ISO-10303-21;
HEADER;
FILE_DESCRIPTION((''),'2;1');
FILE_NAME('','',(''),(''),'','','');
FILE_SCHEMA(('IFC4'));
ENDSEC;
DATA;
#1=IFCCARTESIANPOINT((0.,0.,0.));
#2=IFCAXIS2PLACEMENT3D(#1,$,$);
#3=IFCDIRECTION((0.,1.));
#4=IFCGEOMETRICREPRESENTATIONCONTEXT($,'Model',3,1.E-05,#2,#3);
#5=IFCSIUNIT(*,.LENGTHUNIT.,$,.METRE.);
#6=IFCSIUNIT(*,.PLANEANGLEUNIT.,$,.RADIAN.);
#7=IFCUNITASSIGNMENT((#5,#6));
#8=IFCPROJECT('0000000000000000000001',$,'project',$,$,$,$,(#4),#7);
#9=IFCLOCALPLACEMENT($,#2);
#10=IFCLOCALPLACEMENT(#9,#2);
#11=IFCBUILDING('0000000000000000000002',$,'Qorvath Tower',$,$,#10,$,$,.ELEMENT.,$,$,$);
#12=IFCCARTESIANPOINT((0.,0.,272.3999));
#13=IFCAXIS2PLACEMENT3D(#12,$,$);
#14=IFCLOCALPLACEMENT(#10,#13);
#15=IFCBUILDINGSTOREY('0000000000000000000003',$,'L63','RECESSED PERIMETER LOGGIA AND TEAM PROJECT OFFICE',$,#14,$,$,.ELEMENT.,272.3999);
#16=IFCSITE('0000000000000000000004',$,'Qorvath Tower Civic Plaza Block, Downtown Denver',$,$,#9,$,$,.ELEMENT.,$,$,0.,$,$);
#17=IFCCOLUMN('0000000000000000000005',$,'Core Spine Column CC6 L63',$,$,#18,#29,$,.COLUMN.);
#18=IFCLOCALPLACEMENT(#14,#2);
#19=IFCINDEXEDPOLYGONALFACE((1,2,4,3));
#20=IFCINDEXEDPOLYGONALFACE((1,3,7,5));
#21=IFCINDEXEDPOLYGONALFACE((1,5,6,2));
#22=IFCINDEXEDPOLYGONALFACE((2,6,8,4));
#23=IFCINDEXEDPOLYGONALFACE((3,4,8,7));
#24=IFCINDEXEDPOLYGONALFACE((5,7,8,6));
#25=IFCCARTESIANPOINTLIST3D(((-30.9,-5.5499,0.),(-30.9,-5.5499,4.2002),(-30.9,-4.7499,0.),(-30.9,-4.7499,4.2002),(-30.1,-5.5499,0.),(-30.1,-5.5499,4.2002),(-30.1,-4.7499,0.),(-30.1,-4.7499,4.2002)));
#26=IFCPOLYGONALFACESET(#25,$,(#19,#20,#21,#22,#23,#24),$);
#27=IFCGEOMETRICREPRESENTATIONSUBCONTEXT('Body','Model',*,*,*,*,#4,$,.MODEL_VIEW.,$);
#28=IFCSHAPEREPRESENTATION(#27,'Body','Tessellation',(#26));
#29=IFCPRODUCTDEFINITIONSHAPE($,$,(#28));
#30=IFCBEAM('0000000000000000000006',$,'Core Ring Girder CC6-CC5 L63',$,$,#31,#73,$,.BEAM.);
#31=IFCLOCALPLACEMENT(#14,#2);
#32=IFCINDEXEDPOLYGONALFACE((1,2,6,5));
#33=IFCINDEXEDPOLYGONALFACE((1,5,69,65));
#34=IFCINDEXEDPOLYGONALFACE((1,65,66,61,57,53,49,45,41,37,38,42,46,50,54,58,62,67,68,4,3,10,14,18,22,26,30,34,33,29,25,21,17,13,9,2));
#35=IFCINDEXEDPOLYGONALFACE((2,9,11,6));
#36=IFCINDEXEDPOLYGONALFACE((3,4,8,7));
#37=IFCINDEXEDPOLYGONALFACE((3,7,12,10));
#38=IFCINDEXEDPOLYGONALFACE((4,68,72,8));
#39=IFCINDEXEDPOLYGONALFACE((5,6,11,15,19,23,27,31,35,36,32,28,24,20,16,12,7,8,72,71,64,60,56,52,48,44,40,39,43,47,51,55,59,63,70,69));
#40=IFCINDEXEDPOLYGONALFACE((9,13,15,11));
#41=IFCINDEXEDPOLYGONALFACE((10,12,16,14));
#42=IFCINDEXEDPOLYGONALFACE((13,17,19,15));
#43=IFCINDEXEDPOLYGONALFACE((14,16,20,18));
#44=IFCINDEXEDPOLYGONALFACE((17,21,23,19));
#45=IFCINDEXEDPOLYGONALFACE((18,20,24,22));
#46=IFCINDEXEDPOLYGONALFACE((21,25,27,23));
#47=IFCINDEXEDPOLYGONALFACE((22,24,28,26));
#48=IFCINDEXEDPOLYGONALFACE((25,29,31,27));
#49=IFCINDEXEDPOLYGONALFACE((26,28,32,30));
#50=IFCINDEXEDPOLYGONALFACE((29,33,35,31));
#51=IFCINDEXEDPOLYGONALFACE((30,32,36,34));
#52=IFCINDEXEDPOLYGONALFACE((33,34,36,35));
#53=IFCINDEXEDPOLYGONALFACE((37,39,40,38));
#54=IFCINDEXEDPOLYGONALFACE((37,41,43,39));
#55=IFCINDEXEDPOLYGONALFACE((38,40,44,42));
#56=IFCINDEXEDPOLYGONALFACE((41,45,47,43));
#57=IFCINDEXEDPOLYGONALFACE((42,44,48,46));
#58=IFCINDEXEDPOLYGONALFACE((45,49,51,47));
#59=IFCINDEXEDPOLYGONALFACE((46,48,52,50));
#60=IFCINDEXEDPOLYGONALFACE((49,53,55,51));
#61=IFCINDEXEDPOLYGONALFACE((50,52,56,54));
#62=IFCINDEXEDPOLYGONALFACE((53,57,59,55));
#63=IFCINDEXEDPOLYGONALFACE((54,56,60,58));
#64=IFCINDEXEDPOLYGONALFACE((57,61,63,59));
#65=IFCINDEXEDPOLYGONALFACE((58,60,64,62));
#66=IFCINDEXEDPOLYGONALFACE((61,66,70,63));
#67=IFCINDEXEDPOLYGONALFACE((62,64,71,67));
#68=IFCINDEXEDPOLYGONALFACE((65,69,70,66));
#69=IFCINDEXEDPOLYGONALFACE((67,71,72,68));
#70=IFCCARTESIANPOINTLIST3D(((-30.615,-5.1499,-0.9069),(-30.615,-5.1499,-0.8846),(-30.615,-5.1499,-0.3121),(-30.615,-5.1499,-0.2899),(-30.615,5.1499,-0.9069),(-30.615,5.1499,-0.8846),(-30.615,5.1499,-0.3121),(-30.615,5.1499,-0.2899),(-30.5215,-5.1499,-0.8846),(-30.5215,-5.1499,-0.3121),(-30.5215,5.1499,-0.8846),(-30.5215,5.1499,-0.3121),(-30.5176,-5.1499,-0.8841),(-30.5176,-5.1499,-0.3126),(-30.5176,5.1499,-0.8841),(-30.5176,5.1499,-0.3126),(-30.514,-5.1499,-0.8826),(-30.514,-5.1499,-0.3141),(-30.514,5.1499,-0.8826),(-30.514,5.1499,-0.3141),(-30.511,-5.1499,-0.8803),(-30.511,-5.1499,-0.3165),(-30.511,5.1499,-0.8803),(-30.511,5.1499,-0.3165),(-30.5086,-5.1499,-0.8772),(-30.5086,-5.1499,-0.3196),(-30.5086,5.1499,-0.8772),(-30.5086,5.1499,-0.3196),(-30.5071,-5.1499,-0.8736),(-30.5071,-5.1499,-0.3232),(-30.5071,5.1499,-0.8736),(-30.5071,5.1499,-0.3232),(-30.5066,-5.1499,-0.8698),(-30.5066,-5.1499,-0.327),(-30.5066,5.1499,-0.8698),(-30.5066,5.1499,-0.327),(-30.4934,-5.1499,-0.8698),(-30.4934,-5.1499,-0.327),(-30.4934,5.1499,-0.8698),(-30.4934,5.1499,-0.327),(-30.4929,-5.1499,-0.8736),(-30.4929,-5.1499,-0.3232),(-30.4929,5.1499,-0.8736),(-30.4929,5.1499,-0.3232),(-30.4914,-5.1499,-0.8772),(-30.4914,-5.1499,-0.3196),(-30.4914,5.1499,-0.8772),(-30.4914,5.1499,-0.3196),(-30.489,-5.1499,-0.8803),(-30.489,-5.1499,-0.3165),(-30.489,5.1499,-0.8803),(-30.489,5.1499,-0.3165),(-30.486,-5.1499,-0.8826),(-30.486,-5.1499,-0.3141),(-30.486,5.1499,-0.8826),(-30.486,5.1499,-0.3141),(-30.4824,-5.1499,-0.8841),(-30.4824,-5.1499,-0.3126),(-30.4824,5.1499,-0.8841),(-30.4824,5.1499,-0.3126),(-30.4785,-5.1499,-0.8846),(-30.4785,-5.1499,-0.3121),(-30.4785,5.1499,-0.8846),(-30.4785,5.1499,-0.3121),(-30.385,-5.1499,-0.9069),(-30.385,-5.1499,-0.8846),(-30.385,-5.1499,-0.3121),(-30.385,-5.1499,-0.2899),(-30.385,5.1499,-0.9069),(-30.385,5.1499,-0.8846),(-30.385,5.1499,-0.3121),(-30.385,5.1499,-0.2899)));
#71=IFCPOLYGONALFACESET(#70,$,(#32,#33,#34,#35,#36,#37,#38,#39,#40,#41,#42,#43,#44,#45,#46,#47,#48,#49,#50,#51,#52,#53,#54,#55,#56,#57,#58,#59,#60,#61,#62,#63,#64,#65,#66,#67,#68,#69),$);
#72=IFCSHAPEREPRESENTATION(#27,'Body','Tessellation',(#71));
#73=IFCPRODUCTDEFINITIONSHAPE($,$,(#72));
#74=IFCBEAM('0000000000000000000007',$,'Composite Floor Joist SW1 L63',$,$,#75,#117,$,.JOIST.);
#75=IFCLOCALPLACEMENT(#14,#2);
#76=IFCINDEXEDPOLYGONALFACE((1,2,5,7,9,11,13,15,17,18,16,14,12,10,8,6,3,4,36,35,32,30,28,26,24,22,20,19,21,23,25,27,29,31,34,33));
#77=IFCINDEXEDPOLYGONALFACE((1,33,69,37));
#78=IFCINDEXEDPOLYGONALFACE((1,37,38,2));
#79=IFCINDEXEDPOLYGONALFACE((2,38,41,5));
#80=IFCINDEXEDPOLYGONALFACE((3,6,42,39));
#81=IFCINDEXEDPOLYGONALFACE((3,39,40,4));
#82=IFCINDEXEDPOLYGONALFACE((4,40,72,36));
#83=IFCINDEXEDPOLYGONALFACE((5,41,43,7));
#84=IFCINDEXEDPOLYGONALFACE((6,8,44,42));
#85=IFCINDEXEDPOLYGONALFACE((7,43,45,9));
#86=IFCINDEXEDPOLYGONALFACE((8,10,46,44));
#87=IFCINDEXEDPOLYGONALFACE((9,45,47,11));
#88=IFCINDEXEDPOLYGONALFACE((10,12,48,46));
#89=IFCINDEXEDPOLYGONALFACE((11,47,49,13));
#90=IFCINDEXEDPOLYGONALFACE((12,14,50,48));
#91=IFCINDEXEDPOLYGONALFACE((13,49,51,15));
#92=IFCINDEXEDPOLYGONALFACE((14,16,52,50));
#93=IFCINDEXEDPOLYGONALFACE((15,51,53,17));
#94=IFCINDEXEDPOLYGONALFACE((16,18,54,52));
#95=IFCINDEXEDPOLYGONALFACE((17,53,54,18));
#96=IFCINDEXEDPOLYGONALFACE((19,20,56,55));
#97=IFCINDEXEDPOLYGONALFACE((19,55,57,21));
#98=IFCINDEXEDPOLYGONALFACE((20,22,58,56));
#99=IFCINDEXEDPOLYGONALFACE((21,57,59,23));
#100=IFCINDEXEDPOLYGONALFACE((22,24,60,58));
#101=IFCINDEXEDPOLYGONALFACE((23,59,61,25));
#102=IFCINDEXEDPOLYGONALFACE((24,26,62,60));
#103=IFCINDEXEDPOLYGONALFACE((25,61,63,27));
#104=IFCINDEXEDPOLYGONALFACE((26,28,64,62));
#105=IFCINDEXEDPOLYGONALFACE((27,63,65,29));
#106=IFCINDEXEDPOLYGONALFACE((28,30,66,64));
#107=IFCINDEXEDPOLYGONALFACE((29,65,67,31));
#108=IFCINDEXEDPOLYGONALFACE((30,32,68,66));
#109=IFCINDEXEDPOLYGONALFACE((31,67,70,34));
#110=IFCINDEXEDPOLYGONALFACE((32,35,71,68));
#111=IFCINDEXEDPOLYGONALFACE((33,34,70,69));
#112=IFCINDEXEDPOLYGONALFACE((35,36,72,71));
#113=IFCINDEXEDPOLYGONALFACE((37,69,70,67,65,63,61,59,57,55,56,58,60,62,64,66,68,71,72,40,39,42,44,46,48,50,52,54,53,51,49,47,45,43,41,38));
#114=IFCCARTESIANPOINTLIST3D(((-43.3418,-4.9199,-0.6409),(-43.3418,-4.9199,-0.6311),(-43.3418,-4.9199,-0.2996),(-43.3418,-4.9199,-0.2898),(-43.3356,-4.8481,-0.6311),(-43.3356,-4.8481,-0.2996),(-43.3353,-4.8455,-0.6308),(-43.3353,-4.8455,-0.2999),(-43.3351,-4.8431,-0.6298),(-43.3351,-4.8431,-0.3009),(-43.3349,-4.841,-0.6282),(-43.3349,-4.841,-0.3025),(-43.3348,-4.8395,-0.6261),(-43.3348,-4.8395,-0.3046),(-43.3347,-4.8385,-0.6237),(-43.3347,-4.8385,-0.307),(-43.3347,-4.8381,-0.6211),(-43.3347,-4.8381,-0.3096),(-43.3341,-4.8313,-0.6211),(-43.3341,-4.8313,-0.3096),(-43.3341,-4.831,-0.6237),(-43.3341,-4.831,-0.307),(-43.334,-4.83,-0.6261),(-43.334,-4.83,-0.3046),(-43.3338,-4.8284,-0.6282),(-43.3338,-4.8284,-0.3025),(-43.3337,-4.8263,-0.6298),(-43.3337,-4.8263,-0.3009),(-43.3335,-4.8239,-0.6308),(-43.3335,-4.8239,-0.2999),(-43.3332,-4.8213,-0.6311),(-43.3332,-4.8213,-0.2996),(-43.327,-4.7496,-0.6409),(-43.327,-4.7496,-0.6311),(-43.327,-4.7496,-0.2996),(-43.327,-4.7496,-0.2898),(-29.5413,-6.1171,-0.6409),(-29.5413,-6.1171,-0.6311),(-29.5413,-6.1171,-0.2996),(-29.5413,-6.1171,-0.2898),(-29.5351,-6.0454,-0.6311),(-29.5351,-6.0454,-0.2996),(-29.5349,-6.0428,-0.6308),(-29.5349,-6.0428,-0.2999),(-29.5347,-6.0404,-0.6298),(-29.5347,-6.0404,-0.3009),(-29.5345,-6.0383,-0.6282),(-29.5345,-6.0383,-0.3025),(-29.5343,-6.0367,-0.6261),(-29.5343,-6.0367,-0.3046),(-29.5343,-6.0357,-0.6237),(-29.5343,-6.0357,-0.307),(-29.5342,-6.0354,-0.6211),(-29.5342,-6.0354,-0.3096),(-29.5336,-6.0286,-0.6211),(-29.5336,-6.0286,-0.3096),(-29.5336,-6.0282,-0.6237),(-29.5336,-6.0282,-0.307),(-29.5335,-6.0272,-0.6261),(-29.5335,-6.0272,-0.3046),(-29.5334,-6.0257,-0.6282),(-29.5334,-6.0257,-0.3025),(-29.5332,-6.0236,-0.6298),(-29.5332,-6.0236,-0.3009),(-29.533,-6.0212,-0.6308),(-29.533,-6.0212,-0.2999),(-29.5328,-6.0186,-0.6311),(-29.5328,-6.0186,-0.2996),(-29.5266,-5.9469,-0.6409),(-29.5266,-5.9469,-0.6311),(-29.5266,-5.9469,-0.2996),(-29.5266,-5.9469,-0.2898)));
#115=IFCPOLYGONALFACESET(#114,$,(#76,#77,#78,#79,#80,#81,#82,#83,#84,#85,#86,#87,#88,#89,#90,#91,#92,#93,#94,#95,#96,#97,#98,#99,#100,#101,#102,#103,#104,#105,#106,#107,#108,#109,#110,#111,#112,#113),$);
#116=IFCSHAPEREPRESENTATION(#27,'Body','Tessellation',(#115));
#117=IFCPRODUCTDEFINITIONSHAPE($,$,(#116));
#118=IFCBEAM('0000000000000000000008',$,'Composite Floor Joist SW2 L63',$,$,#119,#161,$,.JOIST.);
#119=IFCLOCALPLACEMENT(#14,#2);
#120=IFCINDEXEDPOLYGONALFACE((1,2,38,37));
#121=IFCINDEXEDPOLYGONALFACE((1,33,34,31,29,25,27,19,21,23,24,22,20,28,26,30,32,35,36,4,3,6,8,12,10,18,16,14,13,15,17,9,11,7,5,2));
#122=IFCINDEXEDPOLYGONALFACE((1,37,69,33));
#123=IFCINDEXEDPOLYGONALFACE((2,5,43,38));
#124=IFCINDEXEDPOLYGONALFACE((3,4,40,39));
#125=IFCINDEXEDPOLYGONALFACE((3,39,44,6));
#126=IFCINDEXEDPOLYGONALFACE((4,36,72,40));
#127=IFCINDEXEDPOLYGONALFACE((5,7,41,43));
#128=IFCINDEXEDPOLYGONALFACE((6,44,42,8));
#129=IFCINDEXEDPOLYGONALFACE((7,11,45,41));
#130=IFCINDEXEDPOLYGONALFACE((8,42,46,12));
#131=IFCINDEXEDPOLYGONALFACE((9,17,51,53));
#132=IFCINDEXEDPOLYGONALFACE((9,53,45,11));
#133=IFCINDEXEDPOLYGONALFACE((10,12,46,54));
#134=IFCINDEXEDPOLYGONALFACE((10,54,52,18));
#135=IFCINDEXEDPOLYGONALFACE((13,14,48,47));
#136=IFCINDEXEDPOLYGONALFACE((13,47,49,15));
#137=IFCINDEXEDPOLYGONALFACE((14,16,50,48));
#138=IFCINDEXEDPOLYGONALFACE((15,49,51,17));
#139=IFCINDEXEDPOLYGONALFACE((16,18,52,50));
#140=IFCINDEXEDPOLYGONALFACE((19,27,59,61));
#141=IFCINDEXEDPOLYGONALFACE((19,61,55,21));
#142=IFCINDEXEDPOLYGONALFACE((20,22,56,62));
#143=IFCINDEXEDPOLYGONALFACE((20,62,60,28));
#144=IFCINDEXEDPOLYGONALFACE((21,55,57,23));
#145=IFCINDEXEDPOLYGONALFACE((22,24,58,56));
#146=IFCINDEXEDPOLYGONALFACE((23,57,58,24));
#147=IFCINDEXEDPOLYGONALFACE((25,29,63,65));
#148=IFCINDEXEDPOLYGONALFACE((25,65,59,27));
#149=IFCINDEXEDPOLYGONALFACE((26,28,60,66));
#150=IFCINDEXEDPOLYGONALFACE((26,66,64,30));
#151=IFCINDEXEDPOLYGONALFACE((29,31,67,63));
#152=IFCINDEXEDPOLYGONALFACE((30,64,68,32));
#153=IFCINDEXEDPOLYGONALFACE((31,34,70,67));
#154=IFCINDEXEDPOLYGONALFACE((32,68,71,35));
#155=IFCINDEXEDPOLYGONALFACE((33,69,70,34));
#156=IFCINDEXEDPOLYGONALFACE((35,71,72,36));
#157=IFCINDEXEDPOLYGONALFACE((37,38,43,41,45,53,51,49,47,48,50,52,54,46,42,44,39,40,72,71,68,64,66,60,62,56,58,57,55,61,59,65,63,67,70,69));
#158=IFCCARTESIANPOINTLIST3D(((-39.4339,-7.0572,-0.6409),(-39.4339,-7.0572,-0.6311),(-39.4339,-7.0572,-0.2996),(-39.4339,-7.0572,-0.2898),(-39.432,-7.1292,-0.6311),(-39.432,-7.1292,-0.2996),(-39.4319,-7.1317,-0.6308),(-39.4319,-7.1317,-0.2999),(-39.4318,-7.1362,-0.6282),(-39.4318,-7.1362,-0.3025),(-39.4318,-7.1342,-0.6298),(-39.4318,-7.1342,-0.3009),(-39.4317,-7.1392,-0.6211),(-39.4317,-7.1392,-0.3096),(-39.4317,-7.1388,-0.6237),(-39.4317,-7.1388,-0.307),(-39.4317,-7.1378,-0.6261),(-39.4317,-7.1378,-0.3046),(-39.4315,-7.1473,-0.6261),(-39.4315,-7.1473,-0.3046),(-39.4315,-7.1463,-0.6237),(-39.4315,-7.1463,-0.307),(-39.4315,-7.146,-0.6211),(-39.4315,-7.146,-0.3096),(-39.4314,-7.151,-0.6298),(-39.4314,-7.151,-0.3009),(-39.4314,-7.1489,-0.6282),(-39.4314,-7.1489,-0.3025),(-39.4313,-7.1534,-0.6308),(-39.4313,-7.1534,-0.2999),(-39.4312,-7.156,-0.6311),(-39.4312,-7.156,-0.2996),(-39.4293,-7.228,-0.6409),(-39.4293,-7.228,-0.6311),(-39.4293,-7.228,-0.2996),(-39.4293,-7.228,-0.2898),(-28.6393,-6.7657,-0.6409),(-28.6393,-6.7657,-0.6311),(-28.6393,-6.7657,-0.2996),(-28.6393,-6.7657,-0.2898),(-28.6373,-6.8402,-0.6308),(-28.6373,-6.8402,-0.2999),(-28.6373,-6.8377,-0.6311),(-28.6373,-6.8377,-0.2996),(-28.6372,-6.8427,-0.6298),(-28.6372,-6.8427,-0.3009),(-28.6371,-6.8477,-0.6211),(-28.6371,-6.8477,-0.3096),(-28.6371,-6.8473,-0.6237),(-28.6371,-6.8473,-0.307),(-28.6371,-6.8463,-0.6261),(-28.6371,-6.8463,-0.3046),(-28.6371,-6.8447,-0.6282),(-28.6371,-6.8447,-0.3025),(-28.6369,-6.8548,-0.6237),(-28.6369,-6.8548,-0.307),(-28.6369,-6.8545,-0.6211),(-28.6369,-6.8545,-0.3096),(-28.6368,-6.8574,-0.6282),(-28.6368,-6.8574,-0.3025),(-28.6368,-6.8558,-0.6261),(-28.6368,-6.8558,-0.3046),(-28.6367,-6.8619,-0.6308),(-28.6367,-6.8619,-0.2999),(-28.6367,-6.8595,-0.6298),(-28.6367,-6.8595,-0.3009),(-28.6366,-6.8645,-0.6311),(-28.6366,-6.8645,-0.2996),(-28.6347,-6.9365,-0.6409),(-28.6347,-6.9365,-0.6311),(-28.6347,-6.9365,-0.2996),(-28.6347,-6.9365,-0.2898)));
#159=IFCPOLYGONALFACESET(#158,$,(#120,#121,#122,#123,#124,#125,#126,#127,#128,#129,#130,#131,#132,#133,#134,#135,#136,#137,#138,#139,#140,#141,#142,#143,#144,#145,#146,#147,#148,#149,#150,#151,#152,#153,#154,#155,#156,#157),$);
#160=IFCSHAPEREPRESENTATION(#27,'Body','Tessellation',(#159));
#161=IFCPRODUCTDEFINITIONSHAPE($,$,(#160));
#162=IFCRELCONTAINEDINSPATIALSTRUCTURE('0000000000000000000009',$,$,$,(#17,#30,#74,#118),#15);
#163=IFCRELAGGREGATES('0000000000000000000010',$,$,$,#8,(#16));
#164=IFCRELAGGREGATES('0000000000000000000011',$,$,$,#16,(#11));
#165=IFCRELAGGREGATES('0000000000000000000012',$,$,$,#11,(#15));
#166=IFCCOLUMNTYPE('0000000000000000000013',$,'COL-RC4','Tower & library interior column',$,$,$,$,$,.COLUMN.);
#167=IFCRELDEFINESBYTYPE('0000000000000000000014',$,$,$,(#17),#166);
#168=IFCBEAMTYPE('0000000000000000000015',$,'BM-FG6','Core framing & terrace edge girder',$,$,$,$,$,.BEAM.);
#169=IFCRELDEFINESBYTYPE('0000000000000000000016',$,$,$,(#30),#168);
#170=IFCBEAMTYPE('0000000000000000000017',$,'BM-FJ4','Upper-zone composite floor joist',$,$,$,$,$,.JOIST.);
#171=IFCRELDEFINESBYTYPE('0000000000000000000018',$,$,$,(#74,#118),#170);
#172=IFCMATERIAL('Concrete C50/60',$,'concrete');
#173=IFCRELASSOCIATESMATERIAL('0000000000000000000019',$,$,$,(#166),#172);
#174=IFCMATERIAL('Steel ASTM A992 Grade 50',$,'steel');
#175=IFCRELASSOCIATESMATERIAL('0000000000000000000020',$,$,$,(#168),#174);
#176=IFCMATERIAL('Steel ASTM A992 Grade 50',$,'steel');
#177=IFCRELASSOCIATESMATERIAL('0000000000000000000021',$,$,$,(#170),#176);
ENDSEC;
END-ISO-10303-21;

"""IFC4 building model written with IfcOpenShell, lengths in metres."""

from ifc_helpers import new_model, si_unit, direction, frame, origin, origin_2d, place, context, subcontext, project, spatial, rectangle, i_section, extrude, material, material_profile, profile_set, type_object, element, save


model = new_model("IFC4")

# Units and contexts
model_context = context("Model", 3, precision=1e-05, world=origin(), true_north=direction((0.0, 1.0)))
body_context = subcontext(model_context, "Body", "Model", "MODEL_VIEW")
ifc_project = project(units=[si_unit("LENGTHUNIT", "METRE"), si_unit("PLANEANGLEUNIT", "RADIAN")], contexts=[model_context])

# Site, building, storey
site_placement = place(None, origin())
site = spatial("IfcSite", under=ifc_project, at=site_placement, Name="Qorvath Tower Civic Plaza Block, Downtown Denver", CompositionType="ELEMENT", RefElevation=0.0)
building_placement = place(site_placement, origin())
building = spatial("IfcBuilding", under=site, at=building_placement, Name="Qorvath Tower", CompositionType="ELEMENT")
storey_placement = place(building_placement, frame((0.0, 0.0, 272.3999)))
storey = spatial("IfcBuildingStorey", under=building, at=storey_placement, Name="L63", Description="RECESSED PERIMETER LOGGIA AND TEAM PROJECT OFFICE", CompositionType="ELEMENT", Elevation=272.3999)

# Column
ifc_material_1 = material(Name="Concrete C50/60", Category="concrete")
ifc_material_profile_1 = material_profile(ifc_material_1, rectangle(XDim=0.8, YDim=0.8, at=origin_2d()), Name="RC 800x800")
ifc_profile_set_1 = profile_set([ifc_material_profile_1], Name="Concrete C50/60")
column_type = type_object("IfcColumnType", Name="COL-RC4", Description="Tower & library interior column", PredefinedType="COLUMN", material=ifc_profile_set_1)
column_placement = place(storey_placement, frame((-30.5, -5.1499, 0.0), z_axis=(0.0, 0.0, 1.0), x_axis=(1.0, 0.0, 0.0)))
element("IfcColumn", 1, at=column_placement, inside=storey, type_object=column_type, Name="Core Spine Column CC6 L63", PredefinedType="COLUMN", context=body_context, shape_type="SweptSolid", body=[
    extrude(rectangle(XDim=0.8, YDim=0.8, at=origin_2d()), origin(), (0.0, 0.0, 1.0), 4.2002),
])

# Beams
ifc_material_2 = material(Name="Steel ASTM A992 Grade 50", Category="steel")
ifc_material_profile_2 = material_profile(ifc_material_2, i_section(OverallWidth=0.23, OverallDepth=0.6169, WebThickness=0.0132, FlangeThickness=0.0222, FilletRadius=0.0149, at=origin_2d()), Name="W24x94")
ifc_profile_set_2 = profile_set([ifc_material_profile_2], Name="Steel ASTM A992 Grade 50")
beam_type_1 = type_object("IfcBeamType", Name="BM-FG6", Description="Core framing & terrace edge girder", PredefinedType="BEAM", material=ifc_profile_set_2)
beam_1_placement = place(storey_placement, frame((-30.5, -5.1499, -0.5984), z_axis=(0.0, 1.0, 0.0), x_axis=(-1.0, 0.0, 0.0)))
element("IfcBeam", 2, at=beam_1_placement, inside=storey, type_object=beam_type_1, Name="Core Ring Girder CC6-CC5 L63", PredefinedType="BEAM", context=body_context, shape_type="SweptSolid", body=[
    extrude(i_section(OverallWidth=0.23, OverallDepth=0.6169, WebThickness=0.0132, FlangeThickness=0.0222, FilletRadius=0.0149, at=origin_2d()), origin(), (0.0, 0.0, 1.0), 10.2998),
])
ifc_material_3 = material(Name="Steel ASTM A992 Grade 50", Category="steel")
ifc_material_profile_3 = material_profile(ifc_material_3, i_section(OverallWidth=0.1709, OverallDepth=0.3511, WebThickness=0.0068, FlangeThickness=0.0098, FilletRadius=0.01, at=origin_2d()), Name="W14x30")
ifc_profile_set_3 = profile_set([ifc_material_profile_3], Name="Steel ASTM A992 Grade 50")
beam_type_2 = type_object("IfcBeamType", Name="BM-FJ4", Description="Upper-zone composite floor joist", PredefinedType="JOIST", material=ifc_profile_set_3)
beam_2_placement = place(storey_placement, frame((-29.5339, -6.032, -0.4653), z_axis=(-0.996258, 0.08643, 0.0), x_axis=(-0.08643, -0.996258, 0.0)))
element("IfcBeam", 3, at=beam_2_placement, inside=storey, type_object=beam_type_2, Name="Composite Floor Joist SW1 L63", PredefinedType="JOIST", context=body_context, shape_type="SweptSolid", body=[
    extrude(i_section(OverallWidth=0.1709, OverallDepth=0.3511, WebThickness=0.0068, FlangeThickness=0.0098, FilletRadius=0.01, at=origin_2d()), origin(), (0.0, 0.0, 1.0), 13.8523),
])
beam_3_placement = place(storey_placement, frame((-28.637, -6.8511, -0.4653), z_axis=(-0.999636, -0.026995, 0.0), x_axis=(0.026995, -0.999636, 0.0)))
element("IfcBeam", 4, at=beam_3_placement, inside=storey, type_object=beam_type_2, Name="Composite Floor Joist SW2 L63", PredefinedType="JOIST", context=body_context, shape_type="SweptSolid", body=[
    extrude(i_section(OverallWidth=0.1709, OverallDepth=0.3511, WebThickness=0.0068, FlangeThickness=0.0098, FilletRadius=0.01, at=origin_2d()), origin(), (0.0, 0.0, 1.0), 10.7986),
])

save(model, "model.ifc")
